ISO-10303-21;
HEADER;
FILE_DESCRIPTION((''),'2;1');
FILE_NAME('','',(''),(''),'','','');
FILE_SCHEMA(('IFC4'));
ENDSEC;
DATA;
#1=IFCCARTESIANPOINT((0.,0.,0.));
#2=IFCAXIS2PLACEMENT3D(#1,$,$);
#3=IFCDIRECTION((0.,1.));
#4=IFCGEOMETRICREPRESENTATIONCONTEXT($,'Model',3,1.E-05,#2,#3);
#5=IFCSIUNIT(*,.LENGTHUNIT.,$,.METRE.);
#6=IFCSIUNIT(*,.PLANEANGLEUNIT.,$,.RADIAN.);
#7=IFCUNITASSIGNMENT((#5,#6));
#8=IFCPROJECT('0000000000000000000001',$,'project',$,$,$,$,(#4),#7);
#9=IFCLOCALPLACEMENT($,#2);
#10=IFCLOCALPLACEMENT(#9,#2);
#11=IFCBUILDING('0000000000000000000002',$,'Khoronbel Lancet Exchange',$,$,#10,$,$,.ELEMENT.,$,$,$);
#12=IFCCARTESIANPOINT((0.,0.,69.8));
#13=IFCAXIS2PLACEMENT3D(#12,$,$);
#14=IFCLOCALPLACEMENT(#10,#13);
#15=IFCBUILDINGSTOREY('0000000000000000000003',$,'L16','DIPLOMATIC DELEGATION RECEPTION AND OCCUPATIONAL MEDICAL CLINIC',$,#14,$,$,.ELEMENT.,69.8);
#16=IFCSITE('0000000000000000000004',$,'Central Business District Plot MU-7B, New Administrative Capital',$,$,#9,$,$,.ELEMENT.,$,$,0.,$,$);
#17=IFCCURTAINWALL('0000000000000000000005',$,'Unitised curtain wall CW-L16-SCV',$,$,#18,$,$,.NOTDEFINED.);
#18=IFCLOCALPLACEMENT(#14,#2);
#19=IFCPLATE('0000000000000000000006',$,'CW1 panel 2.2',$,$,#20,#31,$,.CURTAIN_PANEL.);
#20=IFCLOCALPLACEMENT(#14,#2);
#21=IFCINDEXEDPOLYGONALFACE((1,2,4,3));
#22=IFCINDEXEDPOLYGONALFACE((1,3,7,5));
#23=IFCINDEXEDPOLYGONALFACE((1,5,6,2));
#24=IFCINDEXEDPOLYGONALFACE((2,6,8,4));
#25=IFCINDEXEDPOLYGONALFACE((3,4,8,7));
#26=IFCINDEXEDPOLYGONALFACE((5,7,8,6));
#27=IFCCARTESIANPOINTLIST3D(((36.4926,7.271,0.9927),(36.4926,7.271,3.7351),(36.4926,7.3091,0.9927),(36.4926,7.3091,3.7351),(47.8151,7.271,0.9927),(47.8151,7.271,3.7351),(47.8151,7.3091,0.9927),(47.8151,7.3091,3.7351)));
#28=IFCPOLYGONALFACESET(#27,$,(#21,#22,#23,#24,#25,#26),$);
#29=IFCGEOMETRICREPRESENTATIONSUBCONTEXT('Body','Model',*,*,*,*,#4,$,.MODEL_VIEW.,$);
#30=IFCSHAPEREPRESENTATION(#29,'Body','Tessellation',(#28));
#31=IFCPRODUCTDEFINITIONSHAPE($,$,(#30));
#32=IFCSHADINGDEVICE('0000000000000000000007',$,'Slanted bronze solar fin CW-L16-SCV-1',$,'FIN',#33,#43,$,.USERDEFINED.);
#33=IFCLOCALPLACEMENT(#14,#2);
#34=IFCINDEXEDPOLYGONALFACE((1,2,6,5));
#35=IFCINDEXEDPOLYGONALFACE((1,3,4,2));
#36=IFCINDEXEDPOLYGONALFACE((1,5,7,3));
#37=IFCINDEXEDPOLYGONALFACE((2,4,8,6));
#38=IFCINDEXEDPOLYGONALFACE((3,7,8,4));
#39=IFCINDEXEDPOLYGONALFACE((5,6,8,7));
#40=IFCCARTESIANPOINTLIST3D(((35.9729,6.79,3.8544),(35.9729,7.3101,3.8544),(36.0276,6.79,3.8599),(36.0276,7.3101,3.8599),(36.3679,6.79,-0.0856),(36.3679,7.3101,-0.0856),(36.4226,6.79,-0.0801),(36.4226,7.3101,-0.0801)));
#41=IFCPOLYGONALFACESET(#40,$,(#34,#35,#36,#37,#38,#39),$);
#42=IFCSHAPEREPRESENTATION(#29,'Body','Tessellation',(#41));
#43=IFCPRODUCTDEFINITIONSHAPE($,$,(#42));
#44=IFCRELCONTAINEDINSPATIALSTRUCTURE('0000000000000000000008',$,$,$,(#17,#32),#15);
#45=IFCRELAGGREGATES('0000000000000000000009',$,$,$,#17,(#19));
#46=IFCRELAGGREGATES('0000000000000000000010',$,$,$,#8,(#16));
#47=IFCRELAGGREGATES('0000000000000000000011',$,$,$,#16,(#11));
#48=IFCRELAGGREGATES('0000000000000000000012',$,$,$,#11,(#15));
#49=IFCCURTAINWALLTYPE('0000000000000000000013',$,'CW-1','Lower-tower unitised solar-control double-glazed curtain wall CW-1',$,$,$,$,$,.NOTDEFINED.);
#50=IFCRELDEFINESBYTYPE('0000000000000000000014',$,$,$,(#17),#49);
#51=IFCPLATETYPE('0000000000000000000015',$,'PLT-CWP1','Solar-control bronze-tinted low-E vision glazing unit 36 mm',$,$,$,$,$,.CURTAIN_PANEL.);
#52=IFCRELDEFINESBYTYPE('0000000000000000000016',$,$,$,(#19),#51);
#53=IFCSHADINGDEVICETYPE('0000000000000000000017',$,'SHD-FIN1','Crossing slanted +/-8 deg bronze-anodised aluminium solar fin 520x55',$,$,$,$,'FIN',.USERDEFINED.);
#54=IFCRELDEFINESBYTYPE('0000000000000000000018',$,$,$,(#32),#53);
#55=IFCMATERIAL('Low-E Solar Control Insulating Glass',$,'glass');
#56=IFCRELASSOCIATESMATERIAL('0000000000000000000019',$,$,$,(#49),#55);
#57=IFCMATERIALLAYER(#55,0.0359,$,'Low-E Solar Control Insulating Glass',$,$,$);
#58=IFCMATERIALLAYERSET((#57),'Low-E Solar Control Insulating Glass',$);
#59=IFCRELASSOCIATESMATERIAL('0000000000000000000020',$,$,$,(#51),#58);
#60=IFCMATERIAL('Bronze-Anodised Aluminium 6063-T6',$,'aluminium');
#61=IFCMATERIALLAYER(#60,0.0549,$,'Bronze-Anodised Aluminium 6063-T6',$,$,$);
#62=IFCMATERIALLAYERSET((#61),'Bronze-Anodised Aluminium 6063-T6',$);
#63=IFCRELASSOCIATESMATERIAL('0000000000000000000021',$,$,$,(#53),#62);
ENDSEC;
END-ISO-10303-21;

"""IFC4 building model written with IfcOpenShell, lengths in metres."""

from ifc_helpers import new_model, si_unit, direction, frame, origin, origin_2d, place, context, subcontext, project, spatial, polyline, rectangle, outline, extrude, material, layer, layer_set, type_object, element, aggregate, save


model = new_model("IFC4")

# Units and contexts
model_context = context("Model", 3, precision=1e-05, world=origin(), true_north=direction((0.0, 1.0)))
body_context = subcontext(model_context, "Body", "Model", "MODEL_VIEW")
ifc_project = project(units=[si_unit("LENGTHUNIT", "METRE"), si_unit("PLANEANGLEUNIT", "RADIAN")], contexts=[model_context])

# Site, building, storey
site_placement = place(None, origin())
site = spatial("IfcSite", under=ifc_project, at=site_placement, Name="Central Business District Plot MU-7B, New Administrative Capital", CompositionType="ELEMENT", RefElevation=0.0)
building_placement = place(site_placement, origin())
building = spatial("IfcBuilding", under=site, at=building_placement, Name="Khoronbel Lancet Exchange", CompositionType="ELEMENT")
storey_placement = place(building_placement, frame((0.0, 0.0, 69.8)))
storey = spatial("IfcBuildingStorey", under=building, at=storey_placement, Name="L16", Description="DIPLOMATIC DELEGATION RECEPTION AND OCCUPATIONAL MEDICAL CLINIC", CompositionType="ELEMENT", Elevation=69.8)

# Curtain wall
ifc_material_1 = material(Name="Low-E Solar Control Insulating Glass", Category="glass")
curtain_wall_type = type_object("IfcCurtainWallType", Name="CW-1", Description="Lower-tower unitised solar-control double-glazed curtain wall CW-1", PredefinedType="NOTDEFINED", material=ifc_material_1)
curtain_wall_1_placement = place(storey_placement, origin())
curtain_wall_1 = element("IfcCurtainWall", 1, at=curtain_wall_1_placement, inside=storey, type_object=curtain_wall_type, Name="Unitised curtain wall CW-L16-SCV", PredefinedType="NOTDEFINED")
ifc_material_2 = material(Name="Bronze-Anodised Aluminium 6063-T6", Category="aluminium")

# Plate
ifc_layer_1 = layer(ifc_material_1, 0.0359, Name="Low-E Solar Control Insulating Glass")
ifc_layer_set_1 = layer_set([ifc_layer_1], Name="Low-E Solar Control Insulating Glass")
plate_type_1 = type_object("IfcPlateType", Name="PLT-CWP1", Description="Solar-control bronze-tinted low-E vision glazing unit 36 mm", PredefinedType="CURTAIN_PANEL", material=ifc_layer_set_1)
plate_1_placement = place(storey_placement, frame((42.1538, 7.29, 0.9927), z_axis=(0.0, 0.0, 1.0), x_axis=(1.0, 0.0, 0.0)))
plate_1 = element("IfcPlate", 2, at=plate_1_placement, type_object=plate_type_1, Name="CW1 panel 2.2", PredefinedType="CURTAIN_PANEL", context=body_context, shape_type="SweptSolid", body=[
    extrude(rectangle(XDim=11.3225, YDim=0.0381, at=origin_2d()), origin(), (0.0, 0.0, 1.0), 2.7424),
])
aggregate(curtain_wall_1, [plate_1])

# Shading device
ifc_layer_2 = layer(ifc_material_2, 0.0549, Name="Bronze-Anodised Aluminium 6063-T6")
ifc_layer_set_2 = layer_set([ifc_layer_2], Name="Bronze-Anodised Aluminium 6063-T6")
shading_device_type = type_object("IfcShadingDeviceType", Name="SHD-FIN1", Description="Crossing slanted +/-8 deg bronze-anodised aluminium solar fin 520x55", ElementType="FIN", PredefinedType="USERDEFINED", material=ifc_layer_set_2)
shading_device_placement = place(storey_placement, frame((36.4226, 7.3101, -0.0801), z_axis=(0.995012, 0.0, 0.09976), x_axis=(0.0, -1.0, 0.0)))
element("IfcShadingDevice", 3, at=shading_device_placement, inside=storey, type_object=shading_device_type, Name="Slanted bronze solar fin CW-L16-SCV-1", ObjectType="FIN", PredefinedType="USERDEFINED", context=body_context, shape_type="SweptSolid", body=[
    extrude(outline(polyline([(0.0, 0.0), (0.52, 0.0), (0.52, -3.9597), (0.0, -3.9597), (0.0, 0.0)])), origin(), (0.0, 0.0, -1.0), 0.0549),
])

save(model, "model.ifc")
